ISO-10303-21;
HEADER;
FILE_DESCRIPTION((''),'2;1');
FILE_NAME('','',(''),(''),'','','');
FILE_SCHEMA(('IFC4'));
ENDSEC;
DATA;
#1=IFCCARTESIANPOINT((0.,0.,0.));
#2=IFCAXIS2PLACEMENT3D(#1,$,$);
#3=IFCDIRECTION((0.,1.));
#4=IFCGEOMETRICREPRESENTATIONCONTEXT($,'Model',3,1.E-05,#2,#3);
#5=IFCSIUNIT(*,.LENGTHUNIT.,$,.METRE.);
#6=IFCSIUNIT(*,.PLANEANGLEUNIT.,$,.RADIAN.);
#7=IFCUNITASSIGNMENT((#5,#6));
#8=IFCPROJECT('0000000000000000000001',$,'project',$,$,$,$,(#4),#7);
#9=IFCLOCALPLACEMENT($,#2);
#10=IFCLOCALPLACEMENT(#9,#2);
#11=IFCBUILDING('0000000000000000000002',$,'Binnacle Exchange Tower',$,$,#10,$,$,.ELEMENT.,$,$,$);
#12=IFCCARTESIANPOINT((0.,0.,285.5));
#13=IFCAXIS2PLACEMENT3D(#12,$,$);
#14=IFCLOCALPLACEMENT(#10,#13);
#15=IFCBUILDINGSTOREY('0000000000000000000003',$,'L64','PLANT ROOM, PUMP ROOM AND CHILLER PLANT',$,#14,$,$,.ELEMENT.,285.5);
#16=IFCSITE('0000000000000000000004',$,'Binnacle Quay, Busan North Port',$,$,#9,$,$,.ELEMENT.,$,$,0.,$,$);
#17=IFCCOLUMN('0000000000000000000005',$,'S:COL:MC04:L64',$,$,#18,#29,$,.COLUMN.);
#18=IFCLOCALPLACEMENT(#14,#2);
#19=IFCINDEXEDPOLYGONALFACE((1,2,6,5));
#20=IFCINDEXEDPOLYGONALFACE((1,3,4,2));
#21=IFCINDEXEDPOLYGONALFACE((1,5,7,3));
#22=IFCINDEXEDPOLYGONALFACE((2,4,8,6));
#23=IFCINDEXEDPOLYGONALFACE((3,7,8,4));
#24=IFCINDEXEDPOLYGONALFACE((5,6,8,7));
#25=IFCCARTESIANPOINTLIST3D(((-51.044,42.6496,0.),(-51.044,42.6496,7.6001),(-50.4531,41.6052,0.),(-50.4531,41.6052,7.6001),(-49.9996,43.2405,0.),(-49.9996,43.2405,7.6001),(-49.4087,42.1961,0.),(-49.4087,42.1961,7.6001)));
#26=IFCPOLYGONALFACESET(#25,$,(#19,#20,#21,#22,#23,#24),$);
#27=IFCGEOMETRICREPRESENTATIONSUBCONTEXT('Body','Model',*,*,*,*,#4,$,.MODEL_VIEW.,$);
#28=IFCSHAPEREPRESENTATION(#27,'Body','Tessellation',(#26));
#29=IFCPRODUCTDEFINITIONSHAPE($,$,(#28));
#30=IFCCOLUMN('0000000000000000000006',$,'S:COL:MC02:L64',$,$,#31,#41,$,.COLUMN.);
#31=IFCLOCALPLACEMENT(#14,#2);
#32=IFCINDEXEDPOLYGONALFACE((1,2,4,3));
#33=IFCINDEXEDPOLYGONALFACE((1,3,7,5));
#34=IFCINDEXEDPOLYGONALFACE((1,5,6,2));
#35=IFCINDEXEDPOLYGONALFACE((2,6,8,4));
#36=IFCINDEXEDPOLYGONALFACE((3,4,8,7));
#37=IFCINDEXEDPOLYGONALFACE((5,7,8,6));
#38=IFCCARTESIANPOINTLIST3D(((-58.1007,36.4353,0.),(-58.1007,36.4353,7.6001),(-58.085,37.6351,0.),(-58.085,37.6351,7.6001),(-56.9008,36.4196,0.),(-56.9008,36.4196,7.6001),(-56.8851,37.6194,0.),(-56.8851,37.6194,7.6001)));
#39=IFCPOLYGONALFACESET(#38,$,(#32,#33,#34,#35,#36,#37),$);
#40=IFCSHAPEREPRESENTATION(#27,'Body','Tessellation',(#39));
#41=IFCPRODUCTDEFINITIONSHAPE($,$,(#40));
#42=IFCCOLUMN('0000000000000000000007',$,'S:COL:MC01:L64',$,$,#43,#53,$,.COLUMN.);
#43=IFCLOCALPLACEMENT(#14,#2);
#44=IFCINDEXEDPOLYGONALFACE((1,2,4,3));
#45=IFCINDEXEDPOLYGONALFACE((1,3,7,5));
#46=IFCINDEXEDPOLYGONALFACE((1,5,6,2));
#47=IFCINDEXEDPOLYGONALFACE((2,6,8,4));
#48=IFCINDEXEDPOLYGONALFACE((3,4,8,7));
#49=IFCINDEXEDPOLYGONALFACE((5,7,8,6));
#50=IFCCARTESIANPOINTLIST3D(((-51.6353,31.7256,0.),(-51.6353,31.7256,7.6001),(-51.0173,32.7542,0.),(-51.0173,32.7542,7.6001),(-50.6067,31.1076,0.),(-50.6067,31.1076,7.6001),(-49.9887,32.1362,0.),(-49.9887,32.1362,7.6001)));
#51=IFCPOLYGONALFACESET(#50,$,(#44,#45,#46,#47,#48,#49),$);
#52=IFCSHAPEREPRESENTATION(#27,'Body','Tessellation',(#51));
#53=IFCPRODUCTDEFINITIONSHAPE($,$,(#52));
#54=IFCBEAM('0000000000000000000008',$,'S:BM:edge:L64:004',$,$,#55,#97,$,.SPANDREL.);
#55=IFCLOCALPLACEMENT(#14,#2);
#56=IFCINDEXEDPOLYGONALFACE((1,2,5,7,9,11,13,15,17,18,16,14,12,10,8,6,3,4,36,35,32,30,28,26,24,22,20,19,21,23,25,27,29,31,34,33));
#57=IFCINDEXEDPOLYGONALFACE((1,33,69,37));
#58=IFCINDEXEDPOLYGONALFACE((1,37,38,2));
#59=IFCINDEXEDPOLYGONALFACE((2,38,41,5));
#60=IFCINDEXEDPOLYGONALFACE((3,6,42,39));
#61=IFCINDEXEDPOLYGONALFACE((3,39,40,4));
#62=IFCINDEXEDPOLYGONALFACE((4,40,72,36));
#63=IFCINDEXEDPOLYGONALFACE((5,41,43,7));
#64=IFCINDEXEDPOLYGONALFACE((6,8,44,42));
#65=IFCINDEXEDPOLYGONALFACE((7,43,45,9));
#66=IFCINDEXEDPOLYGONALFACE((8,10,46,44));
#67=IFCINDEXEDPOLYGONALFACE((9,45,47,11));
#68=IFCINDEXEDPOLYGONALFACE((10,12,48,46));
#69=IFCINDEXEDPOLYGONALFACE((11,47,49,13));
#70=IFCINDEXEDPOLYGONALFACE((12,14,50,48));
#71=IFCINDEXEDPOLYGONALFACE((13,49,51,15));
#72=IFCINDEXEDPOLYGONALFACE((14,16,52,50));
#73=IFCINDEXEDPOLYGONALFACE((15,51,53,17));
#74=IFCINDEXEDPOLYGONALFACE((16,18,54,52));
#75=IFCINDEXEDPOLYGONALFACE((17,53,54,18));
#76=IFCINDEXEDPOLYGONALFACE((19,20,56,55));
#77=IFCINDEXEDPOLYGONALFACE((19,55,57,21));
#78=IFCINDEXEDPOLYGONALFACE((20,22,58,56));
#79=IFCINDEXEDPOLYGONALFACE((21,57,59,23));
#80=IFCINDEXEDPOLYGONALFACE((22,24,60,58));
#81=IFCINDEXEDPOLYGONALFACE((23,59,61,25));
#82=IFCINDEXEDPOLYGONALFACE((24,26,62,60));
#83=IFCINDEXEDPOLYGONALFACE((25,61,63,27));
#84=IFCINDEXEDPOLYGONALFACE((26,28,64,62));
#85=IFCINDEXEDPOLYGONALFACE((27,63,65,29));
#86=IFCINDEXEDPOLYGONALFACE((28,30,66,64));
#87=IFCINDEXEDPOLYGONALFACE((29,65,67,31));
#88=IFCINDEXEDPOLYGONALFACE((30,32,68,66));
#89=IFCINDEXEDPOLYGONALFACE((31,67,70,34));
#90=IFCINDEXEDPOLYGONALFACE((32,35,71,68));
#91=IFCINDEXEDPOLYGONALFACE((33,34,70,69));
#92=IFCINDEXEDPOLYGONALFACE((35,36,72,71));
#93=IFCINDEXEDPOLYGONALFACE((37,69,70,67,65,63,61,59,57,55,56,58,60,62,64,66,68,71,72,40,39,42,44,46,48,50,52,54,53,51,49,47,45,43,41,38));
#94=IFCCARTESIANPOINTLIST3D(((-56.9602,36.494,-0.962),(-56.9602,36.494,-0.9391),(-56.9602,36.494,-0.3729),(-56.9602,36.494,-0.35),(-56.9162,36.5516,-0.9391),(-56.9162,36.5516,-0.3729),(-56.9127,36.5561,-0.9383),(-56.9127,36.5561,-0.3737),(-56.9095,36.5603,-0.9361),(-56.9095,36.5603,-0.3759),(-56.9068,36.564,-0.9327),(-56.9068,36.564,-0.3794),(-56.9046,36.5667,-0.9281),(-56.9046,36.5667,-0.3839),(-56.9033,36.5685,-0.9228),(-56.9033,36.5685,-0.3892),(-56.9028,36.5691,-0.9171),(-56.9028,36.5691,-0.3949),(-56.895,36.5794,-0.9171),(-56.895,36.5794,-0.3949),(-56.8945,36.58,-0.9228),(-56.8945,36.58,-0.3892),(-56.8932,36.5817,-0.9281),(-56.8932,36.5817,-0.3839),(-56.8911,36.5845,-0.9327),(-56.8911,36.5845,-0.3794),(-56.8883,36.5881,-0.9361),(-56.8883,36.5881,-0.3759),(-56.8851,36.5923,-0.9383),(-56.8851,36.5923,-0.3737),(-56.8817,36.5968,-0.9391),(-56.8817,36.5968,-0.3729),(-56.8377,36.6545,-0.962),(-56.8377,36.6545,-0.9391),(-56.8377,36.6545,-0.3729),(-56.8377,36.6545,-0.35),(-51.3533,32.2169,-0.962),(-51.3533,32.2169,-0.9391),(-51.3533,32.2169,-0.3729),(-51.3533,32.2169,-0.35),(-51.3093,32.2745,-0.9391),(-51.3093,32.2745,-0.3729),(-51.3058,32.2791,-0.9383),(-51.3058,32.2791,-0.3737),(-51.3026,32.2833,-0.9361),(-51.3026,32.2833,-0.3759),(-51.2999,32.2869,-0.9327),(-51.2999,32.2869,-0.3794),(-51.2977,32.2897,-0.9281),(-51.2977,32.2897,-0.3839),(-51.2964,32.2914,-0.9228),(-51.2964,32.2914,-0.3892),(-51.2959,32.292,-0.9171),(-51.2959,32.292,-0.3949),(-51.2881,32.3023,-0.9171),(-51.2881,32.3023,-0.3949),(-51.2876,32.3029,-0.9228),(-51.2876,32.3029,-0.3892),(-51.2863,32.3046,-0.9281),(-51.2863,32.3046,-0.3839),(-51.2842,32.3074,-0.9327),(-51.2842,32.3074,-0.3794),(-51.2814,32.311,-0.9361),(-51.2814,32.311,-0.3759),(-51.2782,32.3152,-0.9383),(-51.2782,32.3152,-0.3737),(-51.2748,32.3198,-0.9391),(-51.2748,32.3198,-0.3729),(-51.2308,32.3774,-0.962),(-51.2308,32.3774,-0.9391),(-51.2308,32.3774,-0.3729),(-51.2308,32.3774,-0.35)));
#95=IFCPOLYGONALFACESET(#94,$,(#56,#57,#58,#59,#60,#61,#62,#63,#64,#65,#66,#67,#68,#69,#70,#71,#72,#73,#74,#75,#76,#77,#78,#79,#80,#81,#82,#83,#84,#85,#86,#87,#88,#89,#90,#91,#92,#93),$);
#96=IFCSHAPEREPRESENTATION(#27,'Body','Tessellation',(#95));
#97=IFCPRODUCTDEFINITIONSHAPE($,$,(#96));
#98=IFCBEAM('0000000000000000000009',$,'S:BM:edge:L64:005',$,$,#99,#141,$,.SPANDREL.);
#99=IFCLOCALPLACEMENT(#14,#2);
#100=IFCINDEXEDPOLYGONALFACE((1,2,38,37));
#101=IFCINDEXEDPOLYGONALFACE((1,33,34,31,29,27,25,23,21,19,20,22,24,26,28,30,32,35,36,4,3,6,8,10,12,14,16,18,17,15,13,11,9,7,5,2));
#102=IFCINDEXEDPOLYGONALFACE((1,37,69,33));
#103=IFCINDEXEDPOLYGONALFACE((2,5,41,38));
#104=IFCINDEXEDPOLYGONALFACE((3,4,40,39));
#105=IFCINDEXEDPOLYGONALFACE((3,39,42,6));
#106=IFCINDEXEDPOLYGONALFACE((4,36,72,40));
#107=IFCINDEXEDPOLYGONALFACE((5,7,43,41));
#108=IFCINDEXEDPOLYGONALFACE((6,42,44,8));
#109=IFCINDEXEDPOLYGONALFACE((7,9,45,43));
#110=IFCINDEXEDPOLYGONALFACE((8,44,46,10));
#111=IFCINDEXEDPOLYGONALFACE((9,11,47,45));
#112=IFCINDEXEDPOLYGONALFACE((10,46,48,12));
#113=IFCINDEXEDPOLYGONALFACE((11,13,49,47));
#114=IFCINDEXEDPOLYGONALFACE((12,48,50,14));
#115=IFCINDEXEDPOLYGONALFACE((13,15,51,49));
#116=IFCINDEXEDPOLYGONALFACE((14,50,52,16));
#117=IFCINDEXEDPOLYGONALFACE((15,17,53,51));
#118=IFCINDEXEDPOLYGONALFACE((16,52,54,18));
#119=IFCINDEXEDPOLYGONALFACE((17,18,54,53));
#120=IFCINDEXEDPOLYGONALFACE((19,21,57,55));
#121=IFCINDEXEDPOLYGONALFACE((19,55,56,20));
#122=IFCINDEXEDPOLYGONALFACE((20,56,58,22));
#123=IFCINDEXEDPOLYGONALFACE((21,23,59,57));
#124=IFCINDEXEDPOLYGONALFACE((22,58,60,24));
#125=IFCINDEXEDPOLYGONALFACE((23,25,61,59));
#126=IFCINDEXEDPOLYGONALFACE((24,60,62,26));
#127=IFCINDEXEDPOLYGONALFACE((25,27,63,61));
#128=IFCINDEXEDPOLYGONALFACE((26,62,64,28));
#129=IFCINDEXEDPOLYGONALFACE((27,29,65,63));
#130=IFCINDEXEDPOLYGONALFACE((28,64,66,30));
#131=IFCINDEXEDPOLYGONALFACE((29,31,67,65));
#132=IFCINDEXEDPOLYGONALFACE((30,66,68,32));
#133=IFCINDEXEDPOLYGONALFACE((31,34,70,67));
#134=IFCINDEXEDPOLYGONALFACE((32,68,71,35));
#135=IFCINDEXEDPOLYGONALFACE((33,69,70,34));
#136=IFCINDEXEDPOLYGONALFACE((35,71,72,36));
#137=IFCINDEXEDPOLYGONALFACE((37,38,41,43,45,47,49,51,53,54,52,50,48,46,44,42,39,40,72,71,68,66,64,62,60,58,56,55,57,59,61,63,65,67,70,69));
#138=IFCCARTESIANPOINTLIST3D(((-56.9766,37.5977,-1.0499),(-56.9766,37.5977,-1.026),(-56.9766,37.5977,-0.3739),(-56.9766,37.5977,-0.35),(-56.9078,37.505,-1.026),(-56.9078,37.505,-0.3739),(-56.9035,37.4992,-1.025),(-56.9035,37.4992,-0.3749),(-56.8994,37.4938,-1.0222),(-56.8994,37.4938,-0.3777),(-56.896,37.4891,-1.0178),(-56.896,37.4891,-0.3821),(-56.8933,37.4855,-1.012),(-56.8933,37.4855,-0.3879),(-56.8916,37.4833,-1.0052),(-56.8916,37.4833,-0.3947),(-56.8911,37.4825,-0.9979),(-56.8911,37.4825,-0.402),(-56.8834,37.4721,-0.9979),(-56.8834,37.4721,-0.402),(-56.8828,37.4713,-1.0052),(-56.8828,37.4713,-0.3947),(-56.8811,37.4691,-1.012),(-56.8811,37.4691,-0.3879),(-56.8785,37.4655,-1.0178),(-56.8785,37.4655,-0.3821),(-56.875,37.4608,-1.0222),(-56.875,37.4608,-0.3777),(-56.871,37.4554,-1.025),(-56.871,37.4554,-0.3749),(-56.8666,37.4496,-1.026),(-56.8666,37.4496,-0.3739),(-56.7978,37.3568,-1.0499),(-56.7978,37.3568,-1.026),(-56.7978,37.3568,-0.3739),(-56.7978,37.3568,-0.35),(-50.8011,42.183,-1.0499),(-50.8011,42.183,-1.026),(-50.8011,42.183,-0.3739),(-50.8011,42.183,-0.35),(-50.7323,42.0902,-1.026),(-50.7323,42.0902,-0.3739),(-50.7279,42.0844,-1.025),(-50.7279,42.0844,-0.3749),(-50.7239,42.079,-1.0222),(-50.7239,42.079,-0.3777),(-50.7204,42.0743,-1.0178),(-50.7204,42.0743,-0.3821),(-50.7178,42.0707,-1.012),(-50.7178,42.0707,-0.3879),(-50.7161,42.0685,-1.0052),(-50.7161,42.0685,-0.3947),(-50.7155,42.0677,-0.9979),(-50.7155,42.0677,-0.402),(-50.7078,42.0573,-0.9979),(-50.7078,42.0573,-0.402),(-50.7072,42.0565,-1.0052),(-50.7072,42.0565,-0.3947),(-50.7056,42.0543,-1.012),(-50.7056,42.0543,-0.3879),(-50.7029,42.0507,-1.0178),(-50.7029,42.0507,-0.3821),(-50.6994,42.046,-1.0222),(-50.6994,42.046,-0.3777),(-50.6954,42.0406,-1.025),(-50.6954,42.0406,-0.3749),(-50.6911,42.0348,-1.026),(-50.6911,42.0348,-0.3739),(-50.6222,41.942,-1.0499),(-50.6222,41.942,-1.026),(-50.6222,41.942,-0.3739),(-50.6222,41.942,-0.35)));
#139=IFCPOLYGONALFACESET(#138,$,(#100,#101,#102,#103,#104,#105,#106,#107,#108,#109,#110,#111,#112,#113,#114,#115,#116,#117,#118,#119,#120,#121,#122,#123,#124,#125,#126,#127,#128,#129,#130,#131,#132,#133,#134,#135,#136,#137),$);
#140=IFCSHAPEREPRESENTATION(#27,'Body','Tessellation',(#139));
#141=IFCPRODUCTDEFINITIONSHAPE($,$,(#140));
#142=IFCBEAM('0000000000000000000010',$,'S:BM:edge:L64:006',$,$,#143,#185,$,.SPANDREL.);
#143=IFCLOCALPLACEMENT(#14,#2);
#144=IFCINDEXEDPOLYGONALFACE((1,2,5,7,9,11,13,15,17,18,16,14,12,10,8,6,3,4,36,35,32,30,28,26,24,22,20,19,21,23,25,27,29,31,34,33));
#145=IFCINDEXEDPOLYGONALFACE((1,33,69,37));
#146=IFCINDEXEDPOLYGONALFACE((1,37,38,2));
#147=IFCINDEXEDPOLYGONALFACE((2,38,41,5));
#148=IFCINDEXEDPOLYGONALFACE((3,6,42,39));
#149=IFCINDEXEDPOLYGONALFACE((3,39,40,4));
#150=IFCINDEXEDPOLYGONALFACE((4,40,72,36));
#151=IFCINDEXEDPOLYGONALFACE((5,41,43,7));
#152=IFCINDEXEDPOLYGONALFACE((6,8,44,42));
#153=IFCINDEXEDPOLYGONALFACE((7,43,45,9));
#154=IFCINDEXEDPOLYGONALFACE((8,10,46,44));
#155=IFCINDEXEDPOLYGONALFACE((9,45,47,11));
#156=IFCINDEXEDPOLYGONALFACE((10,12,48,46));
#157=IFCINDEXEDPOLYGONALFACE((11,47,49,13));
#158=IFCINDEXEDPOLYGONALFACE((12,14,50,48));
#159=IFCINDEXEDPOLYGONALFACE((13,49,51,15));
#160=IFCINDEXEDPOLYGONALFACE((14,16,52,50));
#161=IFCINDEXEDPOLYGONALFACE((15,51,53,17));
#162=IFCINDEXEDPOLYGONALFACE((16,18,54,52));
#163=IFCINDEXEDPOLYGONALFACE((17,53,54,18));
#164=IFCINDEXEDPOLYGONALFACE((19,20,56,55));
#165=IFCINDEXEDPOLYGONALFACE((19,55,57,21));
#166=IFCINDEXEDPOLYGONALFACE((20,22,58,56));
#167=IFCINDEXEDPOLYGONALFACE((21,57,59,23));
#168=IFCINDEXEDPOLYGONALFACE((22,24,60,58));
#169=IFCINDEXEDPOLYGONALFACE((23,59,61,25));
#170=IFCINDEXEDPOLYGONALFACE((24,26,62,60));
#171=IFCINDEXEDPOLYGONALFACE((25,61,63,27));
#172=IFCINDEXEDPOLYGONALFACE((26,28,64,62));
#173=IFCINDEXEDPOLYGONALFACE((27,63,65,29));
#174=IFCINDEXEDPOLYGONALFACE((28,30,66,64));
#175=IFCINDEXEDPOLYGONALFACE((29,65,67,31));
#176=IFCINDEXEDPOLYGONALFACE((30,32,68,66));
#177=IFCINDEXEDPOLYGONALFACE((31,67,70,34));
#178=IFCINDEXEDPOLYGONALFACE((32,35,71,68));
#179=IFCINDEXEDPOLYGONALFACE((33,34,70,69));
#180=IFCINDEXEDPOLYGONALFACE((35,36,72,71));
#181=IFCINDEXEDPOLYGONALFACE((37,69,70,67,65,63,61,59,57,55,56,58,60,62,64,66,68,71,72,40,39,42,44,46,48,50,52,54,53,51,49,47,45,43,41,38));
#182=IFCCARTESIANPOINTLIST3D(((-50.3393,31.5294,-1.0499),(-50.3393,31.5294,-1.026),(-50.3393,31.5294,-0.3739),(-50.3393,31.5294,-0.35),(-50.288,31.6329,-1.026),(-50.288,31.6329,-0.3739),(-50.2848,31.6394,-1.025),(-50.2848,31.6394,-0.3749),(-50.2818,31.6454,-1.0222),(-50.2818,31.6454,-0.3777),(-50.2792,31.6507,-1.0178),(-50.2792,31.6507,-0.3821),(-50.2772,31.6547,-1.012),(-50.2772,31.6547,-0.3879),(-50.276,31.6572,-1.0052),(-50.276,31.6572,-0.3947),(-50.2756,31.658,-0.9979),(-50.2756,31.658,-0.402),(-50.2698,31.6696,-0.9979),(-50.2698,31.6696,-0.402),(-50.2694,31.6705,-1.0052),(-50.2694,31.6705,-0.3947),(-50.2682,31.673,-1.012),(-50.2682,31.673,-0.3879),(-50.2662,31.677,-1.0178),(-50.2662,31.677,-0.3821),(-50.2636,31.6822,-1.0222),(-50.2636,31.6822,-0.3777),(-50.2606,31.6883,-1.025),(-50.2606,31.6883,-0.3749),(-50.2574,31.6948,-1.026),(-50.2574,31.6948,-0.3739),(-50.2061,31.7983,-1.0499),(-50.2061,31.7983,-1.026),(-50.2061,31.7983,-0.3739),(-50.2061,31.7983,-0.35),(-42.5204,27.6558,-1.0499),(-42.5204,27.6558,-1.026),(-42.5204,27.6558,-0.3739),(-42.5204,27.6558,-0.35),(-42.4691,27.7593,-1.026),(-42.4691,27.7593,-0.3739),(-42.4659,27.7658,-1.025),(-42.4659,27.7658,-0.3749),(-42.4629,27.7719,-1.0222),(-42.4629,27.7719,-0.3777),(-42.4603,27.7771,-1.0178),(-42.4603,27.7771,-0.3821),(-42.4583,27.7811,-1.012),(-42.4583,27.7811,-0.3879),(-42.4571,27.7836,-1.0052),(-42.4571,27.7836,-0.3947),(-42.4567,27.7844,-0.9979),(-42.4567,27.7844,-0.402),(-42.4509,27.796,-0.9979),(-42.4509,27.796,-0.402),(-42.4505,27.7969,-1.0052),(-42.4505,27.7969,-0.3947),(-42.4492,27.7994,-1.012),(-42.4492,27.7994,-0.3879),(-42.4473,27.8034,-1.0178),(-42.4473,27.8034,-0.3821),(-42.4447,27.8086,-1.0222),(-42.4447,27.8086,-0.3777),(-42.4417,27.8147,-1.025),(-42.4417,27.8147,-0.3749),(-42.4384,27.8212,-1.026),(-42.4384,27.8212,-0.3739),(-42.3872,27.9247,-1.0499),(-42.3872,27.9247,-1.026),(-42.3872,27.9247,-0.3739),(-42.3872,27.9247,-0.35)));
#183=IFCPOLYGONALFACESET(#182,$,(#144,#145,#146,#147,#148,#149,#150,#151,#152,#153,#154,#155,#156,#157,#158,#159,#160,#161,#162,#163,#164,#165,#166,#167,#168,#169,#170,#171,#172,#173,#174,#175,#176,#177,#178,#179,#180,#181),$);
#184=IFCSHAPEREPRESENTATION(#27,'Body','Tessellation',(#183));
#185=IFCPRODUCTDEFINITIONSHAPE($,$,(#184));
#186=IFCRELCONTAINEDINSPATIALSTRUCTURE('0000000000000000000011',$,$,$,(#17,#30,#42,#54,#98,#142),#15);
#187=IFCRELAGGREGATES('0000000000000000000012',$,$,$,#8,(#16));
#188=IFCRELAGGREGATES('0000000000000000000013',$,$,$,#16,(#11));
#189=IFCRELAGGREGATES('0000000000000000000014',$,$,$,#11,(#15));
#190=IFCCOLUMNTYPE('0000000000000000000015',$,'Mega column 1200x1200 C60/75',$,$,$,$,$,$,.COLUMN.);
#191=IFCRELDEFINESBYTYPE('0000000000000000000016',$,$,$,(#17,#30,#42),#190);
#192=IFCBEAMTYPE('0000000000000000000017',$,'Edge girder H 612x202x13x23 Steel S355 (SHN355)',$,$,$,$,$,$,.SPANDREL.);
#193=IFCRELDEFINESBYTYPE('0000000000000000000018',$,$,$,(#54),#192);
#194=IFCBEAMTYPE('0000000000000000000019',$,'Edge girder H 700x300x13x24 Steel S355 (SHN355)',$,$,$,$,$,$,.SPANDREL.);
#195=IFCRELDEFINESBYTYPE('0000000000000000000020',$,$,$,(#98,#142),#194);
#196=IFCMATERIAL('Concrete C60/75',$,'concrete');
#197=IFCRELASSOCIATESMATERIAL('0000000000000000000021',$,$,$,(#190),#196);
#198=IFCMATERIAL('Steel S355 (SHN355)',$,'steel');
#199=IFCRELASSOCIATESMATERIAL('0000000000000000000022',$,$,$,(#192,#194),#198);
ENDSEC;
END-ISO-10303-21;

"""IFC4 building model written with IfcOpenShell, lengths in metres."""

from ifc_helpers import new_model, si_unit, direction, frame, origin, origin_2d, place, context, subcontext, project, spatial, rectangle, i_section, extrude, material, material_profile, profile_set, type_object, element, save


model = new_model("IFC4")

# Units and contexts
model_context = context("Model", 3, precision=1e-05, world=origin(), true_north=direction((0.0, 1.0)))
body_context = subcontext(model_context, "Body", "Model", "MODEL_VIEW")
ifc_project = project(units=[si_unit("LENGTHUNIT", "METRE"), si_unit("PLANEANGLEUNIT", "RADIAN")], contexts=[model_context])

# Site, building, storey
site_placement = place(None, origin())
site = spatial("IfcSite", under=ifc_project, at=site_placement, Name="Binnacle Quay, Busan North Port", CompositionType="ELEMENT", RefElevation=0.0)
building_placement = place(site_placement, origin())
building = spatial("IfcBuilding", under=site, at=building_placement, Name="Binnacle Exchange Tower", CompositionType="ELEMENT")
storey_placement = place(building_placement, frame((0.0, 0.0, 285.5)))
storey = spatial("IfcBuildingStorey", under=building, at=storey_placement, Name="L64", Description="PLANT ROOM, PUMP ROOM AND CHILLER PLANT", CompositionType="ELEMENT", Elevation=285.5)

# Columns
ifc_material_1 = material(Name="Concrete C60/75", Category="concrete")
ifc_material_profile_1 = material_profile(ifc_material_1, rectangle(XDim=1.2, YDim=1.2, at=origin_2d()), Name="Mega column 1200x1200 C60/75")
ifc_profile_set_1 = profile_set([ifc_material_profile_1], Name="Concrete C60/75")
column_type = type_object("IfcColumnType", Name="Mega column 1200x1200 C60/75", PredefinedType="COLUMN", material=ifc_profile_set_1)
for number, where, z_axis, x_axis, name in (
    (1, (-50.2263, 42.4229, 0.0), (0.0, 0.0, 1.0), (-0.870356, -0.492424, 0.0), "S:COL:MC04:L64"),
    (2, (-57.4929, 37.0273, 0.0), (0.0, 0.0, 1.0), (-0.01309, -0.999914, 0.0), "S:COL:MC02:L64"),
    (3, (-50.812, 31.9309, 0.0), (0.0, 0.0, 1.0), (0.857167, -0.515038, 0.0), "S:COL:MC01:L64"),
):
    element("IfcColumn", number, at=place(storey_placement, frame(where, z_axis=z_axis, x_axis=x_axis)), inside=storey, type_object=column_type, Name=name, PredefinedType="COLUMN", context=body_context, shape_type="SweptSolid", body=[
        extrude(rectangle(XDim=1.2, YDim=1.2, at=origin_2d()), origin(), (0.0, 0.0, 1.0), 7.6001),
    ])

# Beams
ifc_material_2 = material(Name="Steel S355 (SHN355)", Category="steel")
ifc_material_profile_2 = material_profile(ifc_material_2, i_section(OverallWidth=0.2019, OverallDepth=0.6121, WebThickness=0.0129, FlangeThickness=0.0229, FilletRadius=0.022, at=origin_2d()), Name="H 612x202x13x23")
ifc_profile_set_2 = profile_set([ifc_material_profile_2], Name="Steel S355 (SHN355)")
beam_type_1 = type_object("IfcBeamType", Name="Edge girder H 612x202x13x23 Steel S355 (SHN355)", PredefinedType="SPANDREL", material=ifc_profile_set_2)
beam_1_placement = place(storey_placement, frame((-56.8989, 36.5742, -0.656), z_axis=(0.79508, -0.606505, 0.0), x_axis=(0.606505, 0.79508, 0.0)))
element("IfcBeam", 4, at=beam_1_placement, inside=storey, type_object=beam_type_1, Name="S:BM:edge:L64:004", PredefinedType="SPANDREL", context=body_context, shape_type="SweptSolid", body=[
    extrude(i_section(OverallWidth=0.2019, OverallDepth=0.6121, WebThickness=0.0129, FlangeThickness=0.0229, FilletRadius=0.022, at=origin_2d()), origin(), (0.0, 0.0, 1.0), 7.052),
])
ifc_material_profile_3 = material_profile(ifc_material_2, i_section(OverallWidth=0.3, OverallDepth=0.7, WebThickness=0.0129, FlangeThickness=0.0239, FilletRadius=0.0281, at=origin_2d()), Name="H 700x300x13x24")
ifc_profile_set_3 = profile_set([ifc_material_profile_3], Name="Steel S355 (SHN355)")
beam_type_2 = type_object("IfcBeamType", Name="Edge girder H 700x300x13x24 Steel S355 (SHN355)", PredefinedType="SPANDREL", material=ifc_profile_set_3)
beam_2_placement = place(storey_placement, frame((-50.7117, 42.0625, -0.7), z_axis=(-0.802889, -0.596128, 0.0), x_axis=(0.596128, -0.802889, 0.0)))
element("IfcBeam", 5, at=beam_2_placement, inside=storey, type_object=beam_type_2, Name="S:BM:edge:L64:005", PredefinedType="SPANDREL", context=body_context, shape_type="SweptSolid", body=[
    extrude(i_section(OverallWidth=0.3, OverallDepth=0.7, WebThickness=0.0129, FlangeThickness=0.0239, FilletRadius=0.0281, at=origin_2d()), origin(), (0.0, 0.0, 1.0), 7.6917),
])
beam_3_placement = place(storey_placement, frame((-50.2727, 31.6638, -0.7), z_axis=(0.896066, -0.44392, 0.0), x_axis=(0.44392, 0.896066, 0.0)))
element("IfcBeam", 6, at=beam_3_placement, inside=storey, type_object=beam_type_2, Name="S:BM:edge:L64:006", PredefinedType="SPANDREL", context=body_context, shape_type="SweptSolid", body=[
    extrude(i_section(OverallWidth=0.3, OverallDepth=0.7, WebThickness=0.0129, FlangeThickness=0.0239, FilletRadius=0.0281, at=origin_2d()), origin(), (0.0, 0.0, 1.0), 8.7258),
])

save(model, "model.ifc")
